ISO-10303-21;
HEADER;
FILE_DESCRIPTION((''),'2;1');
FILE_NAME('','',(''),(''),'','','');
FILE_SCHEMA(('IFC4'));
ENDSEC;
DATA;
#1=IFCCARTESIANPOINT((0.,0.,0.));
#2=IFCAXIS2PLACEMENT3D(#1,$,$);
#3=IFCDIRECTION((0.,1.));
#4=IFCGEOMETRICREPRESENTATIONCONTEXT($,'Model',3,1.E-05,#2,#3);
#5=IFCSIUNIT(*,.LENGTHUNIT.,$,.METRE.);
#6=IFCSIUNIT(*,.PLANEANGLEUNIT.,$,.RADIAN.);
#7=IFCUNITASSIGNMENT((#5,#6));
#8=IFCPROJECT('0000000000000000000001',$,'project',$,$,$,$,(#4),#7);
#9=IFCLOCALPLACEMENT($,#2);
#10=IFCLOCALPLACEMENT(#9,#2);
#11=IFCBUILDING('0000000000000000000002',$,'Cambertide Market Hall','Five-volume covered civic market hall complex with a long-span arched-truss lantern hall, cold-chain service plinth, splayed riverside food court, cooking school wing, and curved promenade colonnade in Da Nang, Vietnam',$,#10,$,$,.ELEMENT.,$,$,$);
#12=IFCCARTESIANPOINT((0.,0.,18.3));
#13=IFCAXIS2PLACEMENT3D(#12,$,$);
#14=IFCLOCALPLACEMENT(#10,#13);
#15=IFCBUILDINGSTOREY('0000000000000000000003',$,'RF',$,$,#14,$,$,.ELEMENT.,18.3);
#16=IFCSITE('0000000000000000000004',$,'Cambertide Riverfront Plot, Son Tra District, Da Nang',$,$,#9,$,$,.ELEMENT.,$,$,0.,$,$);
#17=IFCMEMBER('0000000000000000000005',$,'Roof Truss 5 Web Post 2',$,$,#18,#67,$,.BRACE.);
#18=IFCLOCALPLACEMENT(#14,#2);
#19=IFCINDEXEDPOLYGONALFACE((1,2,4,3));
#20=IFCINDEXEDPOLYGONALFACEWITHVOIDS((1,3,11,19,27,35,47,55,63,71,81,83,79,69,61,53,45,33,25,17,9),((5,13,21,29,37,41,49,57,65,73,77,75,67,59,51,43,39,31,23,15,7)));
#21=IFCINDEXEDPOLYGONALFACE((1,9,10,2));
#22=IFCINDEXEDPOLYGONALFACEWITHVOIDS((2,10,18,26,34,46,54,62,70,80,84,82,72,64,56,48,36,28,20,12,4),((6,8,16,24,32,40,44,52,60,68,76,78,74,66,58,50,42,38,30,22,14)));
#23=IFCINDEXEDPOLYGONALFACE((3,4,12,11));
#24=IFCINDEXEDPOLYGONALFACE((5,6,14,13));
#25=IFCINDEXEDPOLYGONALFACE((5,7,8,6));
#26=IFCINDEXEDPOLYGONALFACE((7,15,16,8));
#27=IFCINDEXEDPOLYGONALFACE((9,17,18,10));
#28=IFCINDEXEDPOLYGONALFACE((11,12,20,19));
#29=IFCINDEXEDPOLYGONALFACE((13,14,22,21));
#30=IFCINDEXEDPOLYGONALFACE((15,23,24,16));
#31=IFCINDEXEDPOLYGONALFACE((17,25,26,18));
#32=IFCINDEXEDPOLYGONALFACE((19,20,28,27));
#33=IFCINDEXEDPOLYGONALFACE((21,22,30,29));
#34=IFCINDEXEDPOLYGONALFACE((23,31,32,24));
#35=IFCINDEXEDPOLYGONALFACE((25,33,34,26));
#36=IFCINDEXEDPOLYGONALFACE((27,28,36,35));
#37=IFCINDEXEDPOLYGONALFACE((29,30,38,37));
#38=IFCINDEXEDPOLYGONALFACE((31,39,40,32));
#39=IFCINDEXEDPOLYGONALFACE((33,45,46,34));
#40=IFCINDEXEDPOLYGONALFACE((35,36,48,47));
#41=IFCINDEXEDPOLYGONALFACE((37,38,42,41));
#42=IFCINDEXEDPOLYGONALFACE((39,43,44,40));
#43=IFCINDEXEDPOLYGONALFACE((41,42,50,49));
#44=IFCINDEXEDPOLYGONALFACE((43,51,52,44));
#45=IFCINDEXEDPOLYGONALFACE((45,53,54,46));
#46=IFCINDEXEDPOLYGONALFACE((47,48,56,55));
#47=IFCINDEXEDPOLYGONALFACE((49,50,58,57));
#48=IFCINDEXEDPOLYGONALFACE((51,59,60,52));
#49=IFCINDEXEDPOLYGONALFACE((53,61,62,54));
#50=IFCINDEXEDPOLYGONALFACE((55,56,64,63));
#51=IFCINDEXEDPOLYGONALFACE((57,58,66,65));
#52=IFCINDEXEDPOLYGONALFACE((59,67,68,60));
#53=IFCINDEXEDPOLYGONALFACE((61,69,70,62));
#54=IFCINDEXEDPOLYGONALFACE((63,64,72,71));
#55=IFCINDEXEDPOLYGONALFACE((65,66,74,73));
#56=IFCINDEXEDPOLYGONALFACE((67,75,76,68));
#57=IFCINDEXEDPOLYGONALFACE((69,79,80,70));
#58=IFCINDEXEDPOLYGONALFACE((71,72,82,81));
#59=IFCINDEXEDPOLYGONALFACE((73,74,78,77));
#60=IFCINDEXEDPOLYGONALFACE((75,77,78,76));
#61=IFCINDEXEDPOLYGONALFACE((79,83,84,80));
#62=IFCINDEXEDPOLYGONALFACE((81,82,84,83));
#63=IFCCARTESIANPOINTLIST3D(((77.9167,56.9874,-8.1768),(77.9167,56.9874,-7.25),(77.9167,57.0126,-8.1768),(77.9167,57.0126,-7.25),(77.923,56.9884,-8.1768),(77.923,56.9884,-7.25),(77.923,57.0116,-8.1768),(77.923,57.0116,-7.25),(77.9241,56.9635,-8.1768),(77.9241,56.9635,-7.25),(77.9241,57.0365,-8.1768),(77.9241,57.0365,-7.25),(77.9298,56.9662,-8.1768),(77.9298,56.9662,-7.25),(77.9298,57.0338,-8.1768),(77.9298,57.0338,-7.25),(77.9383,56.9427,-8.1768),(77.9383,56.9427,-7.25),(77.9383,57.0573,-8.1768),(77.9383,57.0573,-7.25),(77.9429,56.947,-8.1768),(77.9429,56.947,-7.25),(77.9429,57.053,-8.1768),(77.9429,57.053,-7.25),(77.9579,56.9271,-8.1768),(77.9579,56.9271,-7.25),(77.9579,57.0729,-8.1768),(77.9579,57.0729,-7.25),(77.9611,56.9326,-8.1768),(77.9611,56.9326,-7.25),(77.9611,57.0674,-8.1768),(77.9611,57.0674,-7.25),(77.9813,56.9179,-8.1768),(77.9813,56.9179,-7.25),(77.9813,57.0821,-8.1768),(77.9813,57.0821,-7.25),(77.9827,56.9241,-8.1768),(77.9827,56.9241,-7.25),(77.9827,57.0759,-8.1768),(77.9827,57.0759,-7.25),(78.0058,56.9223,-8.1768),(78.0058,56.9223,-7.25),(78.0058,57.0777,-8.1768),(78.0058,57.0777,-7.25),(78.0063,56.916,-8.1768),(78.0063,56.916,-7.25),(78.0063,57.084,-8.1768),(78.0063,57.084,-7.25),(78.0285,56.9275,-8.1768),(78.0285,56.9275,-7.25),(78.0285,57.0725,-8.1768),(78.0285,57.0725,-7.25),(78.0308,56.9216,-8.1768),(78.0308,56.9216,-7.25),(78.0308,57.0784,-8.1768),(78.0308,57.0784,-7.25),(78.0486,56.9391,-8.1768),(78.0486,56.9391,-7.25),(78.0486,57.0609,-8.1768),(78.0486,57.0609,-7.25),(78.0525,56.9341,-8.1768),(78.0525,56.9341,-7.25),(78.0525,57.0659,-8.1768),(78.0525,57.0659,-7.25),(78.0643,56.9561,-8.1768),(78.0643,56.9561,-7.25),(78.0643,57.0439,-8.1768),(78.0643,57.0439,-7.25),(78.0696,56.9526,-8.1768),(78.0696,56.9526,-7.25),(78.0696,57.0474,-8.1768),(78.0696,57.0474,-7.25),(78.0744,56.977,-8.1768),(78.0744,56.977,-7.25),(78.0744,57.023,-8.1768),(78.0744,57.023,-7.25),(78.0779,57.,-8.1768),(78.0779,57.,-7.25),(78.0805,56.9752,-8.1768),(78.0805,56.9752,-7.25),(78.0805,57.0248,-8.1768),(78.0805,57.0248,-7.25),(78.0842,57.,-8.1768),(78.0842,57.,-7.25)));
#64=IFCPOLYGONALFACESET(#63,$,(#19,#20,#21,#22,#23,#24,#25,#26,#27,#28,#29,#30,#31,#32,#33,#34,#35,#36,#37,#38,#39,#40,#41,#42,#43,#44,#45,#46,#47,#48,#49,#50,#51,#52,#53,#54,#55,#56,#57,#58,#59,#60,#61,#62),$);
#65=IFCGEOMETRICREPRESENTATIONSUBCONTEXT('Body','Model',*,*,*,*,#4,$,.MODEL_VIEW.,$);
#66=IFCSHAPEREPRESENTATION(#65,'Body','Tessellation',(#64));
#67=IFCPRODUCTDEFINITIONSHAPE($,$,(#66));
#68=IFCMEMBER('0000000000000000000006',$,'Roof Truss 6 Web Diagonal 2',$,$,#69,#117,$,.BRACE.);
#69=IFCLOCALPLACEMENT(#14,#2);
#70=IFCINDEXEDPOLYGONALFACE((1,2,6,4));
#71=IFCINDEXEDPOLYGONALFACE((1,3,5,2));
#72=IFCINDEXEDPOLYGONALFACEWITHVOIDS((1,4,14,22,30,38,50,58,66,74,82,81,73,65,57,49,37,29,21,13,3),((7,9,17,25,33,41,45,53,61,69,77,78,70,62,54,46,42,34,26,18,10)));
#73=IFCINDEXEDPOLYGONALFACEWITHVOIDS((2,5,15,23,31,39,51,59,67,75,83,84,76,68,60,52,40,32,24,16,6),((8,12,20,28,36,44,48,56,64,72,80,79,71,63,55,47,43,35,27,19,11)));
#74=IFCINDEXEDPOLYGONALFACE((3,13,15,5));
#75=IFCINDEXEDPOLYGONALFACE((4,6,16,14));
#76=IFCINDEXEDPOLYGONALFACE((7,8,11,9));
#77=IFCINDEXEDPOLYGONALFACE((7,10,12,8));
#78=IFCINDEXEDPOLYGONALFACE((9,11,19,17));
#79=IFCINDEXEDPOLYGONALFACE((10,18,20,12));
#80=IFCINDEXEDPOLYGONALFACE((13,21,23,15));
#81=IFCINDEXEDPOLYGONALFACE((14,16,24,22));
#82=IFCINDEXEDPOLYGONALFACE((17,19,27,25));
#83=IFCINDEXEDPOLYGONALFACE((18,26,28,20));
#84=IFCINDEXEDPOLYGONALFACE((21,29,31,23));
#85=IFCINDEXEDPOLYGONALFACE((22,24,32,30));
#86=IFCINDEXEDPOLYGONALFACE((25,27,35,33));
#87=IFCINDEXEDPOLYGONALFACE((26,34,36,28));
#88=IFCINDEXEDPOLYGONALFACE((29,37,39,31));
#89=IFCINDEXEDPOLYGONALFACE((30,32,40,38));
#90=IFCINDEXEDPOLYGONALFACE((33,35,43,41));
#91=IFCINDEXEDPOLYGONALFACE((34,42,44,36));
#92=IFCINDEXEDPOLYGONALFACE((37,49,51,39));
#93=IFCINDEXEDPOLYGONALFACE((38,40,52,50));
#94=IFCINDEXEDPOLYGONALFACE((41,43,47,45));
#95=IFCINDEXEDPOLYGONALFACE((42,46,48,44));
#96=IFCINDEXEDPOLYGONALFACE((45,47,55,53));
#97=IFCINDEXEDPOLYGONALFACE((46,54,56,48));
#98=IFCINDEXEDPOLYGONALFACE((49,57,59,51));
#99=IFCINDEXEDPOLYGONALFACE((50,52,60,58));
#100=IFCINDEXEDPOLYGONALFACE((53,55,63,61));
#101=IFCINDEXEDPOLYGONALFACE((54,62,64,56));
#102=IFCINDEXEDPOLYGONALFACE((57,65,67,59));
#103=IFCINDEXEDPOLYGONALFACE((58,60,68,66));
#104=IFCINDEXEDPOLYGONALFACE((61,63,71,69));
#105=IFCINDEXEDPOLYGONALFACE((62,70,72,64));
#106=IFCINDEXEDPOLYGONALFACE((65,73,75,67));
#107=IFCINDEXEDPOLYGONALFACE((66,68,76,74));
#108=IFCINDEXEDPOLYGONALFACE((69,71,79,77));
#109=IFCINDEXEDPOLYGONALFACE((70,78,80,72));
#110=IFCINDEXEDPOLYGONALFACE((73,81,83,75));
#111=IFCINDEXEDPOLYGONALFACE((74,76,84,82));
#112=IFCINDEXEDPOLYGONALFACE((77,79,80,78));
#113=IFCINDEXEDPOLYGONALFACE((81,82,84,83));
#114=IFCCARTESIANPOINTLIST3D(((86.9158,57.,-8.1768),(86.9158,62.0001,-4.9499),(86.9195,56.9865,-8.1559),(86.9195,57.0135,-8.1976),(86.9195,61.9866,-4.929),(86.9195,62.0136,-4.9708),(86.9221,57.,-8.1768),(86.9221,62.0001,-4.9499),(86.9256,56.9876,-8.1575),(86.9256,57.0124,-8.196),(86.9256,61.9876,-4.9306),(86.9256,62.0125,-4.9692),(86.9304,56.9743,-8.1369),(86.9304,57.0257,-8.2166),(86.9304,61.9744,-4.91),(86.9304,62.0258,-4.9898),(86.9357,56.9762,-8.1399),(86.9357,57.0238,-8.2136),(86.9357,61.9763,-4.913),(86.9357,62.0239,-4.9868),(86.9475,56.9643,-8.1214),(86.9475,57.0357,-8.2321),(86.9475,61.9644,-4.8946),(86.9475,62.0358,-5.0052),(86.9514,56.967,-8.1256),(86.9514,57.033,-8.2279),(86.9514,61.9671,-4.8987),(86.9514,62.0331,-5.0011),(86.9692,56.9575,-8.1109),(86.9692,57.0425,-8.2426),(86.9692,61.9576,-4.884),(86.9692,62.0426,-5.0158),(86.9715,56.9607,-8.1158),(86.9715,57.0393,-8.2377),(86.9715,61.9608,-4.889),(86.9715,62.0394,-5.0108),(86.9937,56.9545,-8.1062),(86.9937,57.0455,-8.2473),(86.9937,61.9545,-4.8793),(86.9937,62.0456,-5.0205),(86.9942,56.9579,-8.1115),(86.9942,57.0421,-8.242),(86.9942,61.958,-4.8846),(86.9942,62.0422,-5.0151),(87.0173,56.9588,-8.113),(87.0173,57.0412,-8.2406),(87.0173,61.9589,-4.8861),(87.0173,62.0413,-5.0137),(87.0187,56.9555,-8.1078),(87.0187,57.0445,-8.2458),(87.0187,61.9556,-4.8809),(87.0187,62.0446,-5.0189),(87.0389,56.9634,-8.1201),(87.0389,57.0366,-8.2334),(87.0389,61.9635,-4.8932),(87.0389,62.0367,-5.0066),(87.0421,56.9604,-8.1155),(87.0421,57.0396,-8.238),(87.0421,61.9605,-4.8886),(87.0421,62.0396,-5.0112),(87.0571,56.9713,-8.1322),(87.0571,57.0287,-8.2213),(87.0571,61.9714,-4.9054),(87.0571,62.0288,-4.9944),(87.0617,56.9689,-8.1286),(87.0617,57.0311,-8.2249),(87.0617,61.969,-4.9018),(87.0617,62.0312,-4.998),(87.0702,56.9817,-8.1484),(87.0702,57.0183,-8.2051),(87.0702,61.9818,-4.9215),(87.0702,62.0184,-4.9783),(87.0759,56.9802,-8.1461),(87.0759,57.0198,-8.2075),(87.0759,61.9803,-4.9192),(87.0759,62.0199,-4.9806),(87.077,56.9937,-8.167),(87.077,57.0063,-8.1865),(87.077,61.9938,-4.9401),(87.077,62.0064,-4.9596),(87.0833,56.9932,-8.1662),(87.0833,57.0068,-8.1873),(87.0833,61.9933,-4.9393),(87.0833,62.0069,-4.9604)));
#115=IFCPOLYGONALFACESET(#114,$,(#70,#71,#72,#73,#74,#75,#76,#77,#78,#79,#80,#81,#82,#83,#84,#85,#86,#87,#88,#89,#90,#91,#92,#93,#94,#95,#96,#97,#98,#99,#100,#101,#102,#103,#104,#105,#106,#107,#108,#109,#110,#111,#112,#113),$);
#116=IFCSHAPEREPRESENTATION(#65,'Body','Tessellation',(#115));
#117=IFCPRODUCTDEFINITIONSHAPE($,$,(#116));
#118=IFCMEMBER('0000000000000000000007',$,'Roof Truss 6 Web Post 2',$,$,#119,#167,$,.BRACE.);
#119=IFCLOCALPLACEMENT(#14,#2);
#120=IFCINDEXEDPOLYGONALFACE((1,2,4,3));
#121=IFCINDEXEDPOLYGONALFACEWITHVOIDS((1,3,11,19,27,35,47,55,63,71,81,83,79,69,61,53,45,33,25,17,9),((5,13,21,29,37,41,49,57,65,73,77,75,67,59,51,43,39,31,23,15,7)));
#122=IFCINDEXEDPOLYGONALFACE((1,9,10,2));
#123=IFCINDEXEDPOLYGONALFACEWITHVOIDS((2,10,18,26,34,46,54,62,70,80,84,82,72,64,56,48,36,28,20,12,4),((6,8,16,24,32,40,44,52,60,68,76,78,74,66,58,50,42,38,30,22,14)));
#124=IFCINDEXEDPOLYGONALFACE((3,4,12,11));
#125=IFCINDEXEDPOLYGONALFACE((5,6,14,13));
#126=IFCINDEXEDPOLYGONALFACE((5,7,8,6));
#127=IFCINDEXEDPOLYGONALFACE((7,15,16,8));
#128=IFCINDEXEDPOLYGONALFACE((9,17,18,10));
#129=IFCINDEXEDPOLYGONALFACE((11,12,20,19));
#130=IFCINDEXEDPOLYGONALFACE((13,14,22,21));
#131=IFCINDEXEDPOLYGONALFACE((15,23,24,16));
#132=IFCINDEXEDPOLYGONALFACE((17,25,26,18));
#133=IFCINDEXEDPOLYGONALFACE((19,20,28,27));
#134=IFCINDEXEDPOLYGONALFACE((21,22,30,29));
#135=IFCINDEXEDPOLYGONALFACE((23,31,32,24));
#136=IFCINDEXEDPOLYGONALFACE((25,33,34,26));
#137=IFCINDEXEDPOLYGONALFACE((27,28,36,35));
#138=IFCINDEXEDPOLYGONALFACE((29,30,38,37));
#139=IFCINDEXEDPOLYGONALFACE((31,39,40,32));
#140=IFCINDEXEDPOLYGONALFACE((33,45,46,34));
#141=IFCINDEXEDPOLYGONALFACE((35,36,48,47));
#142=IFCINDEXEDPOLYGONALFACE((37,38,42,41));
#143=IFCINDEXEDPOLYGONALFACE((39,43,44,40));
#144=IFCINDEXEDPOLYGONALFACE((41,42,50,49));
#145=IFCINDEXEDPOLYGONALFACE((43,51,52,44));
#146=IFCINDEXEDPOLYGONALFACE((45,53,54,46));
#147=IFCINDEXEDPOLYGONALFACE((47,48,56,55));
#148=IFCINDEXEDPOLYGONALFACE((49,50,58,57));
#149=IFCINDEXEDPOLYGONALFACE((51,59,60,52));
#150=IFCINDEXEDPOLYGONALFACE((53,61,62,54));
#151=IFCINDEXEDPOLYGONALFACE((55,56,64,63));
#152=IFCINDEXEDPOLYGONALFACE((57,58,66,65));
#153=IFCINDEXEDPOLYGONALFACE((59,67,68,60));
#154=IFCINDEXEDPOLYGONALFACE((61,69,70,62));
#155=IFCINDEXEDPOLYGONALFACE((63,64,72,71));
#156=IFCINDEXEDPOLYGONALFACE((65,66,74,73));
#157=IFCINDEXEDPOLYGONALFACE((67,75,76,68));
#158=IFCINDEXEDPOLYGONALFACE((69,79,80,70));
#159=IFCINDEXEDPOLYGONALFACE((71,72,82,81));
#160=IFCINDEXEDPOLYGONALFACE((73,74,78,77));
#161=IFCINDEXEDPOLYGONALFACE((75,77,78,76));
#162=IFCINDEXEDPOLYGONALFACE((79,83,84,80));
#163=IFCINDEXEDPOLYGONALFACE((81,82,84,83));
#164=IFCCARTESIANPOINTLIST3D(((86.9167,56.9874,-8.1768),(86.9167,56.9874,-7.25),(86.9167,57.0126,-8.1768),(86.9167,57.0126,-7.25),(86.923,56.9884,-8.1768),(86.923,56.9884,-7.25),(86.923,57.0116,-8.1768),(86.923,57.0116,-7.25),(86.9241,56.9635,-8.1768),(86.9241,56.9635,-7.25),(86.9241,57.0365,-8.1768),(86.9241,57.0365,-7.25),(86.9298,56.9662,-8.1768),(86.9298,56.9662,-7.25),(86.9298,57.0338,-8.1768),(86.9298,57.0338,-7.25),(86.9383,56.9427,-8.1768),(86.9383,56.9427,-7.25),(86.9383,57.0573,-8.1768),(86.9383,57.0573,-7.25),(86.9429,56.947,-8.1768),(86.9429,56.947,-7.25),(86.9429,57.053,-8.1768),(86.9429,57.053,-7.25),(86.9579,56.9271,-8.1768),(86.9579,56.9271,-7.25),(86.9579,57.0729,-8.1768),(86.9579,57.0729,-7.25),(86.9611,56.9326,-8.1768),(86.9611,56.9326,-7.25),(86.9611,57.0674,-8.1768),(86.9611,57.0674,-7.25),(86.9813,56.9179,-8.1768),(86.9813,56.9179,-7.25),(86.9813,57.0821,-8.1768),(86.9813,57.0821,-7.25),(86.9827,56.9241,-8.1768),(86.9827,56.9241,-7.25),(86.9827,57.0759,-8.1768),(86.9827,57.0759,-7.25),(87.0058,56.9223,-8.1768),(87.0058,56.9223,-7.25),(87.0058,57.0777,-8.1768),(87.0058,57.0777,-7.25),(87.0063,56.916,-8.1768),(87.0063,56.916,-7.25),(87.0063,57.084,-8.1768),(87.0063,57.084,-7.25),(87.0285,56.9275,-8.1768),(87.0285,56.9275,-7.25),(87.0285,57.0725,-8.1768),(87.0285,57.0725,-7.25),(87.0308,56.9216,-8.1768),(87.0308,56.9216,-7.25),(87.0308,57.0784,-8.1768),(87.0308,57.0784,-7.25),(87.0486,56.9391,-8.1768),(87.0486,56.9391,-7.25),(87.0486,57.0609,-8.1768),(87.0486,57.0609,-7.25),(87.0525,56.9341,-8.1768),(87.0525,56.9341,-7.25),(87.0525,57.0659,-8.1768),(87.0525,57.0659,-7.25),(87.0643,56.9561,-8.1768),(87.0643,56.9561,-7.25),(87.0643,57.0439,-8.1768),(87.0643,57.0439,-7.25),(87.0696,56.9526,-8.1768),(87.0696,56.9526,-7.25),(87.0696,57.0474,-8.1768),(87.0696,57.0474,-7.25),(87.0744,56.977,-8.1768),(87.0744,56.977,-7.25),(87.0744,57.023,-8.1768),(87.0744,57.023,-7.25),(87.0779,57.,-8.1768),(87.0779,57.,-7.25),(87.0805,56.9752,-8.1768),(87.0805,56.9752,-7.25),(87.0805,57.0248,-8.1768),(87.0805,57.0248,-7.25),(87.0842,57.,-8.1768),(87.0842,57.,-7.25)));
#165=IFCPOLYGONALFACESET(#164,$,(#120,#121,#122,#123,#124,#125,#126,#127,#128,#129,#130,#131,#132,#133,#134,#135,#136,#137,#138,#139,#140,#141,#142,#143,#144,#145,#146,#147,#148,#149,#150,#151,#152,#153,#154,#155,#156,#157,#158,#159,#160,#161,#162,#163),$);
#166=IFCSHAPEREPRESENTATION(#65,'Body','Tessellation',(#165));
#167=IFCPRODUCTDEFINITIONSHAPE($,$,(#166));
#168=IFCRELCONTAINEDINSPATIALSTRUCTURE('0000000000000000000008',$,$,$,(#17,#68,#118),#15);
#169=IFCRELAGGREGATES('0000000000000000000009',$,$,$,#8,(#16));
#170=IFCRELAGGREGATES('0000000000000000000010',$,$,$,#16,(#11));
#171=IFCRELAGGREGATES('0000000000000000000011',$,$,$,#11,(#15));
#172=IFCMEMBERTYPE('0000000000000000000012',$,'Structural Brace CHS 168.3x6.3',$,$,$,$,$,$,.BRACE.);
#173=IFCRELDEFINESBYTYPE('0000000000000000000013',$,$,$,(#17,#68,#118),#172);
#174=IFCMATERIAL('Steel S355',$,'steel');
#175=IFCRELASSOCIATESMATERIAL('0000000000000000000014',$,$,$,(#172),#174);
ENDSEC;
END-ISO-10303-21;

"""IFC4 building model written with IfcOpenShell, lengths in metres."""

from ifc_helpers import new_model, si_unit, direction, frame, origin, origin_2d, place, context, subcontext, project, spatial, hollow_circle, extrude, material, material_profile, profile_set, type_object, element, save


model = new_model("IFC4")

# Units and contexts
model_context = context("Model", 3, precision=1e-05, world=origin(), true_north=direction((0.0, 1.0)))
body_context = subcontext(model_context, "Body", "Model", "MODEL_VIEW")
ifc_project = project(units=[si_unit("LENGTHUNIT", "METRE"), si_unit("PLANEANGLEUNIT", "RADIAN")], contexts=[model_context])

# Site, building, storey
site_placement = place(None, origin())
site = spatial("IfcSite", under=ifc_project, at=site_placement, Name="Cambertide Riverfront Plot, Son Tra District, Da Nang", CompositionType="ELEMENT", RefElevation=0.0)
building_placement = place(site_placement, origin())
building = spatial("IfcBuilding", under=site, at=building_placement, Name="Cambertide Market Hall", Description="Five-volume covered civic market hall complex with a long-span arched-truss lantern hall, cold-chain service plinth, splayed riverside food court, cooking school wing, and curved promenade colonnade in Da Nang, Vietnam", CompositionType="ELEMENT")
storey_placement = place(building_placement, frame((0.0, 0.0, 18.3)))
storey = spatial("IfcBuildingStorey", under=building, at=storey_placement, Name="RF", CompositionType="ELEMENT", Elevation=18.3)

# Members
ifc_material_1 = material(Name="Steel S355", Category="steel")
ifc_material_profile_1 = material_profile(ifc_material_1, hollow_circle(Radius=0.0842, WallThickness=0.0063, at=origin_2d()), Name="CHS 168.3x6.3")
ifc_profile_set_1 = profile_set([ifc_material_profile_1], Name="Steel S355")
member_type_1 = type_object("IfcMemberType", Name="Structural Brace CHS 168.3x6.3", PredefinedType="BRACE", material=ifc_profile_set_1)
member_1_placement = place(storey_placement, frame((78.0, 57.0, -8.1768), z_axis=(0.0, 0.0, 1.0), x_axis=(1.0, 0.0, 0.0)))
element("IfcMember", 1, at=member_1_placement, inside=storey, type_object=member_type_1, Name="Roof Truss 5 Web Post 2", PredefinedType="BRACE", context=body_context, shape_type="SweptSolid", body=[
    extrude(hollow_circle(Radius=0.0842, WallThickness=0.0063, at=origin_2d()), origin(), (0.0, 0.0, 1.0), 0.9268),
])
member_2_placement = place(storey_placement, frame((87.0, 57.0, -8.1768), z_axis=(0.0, 0.84022, 0.542246), x_axis=(-1.0, 0.0, 0.0)))
element("IfcMember", 2, at=member_2_placement, inside=storey, type_object=member_type_1, Name="Roof Truss 6 Web Diagonal 2", PredefinedType="BRACE", context=body_context, shape_type="SweptSolid", body=[
    extrude(hollow_circle(Radius=0.0842, WallThickness=0.0063, at=origin_2d()), origin(), (0.0, 0.0, 1.0), 5.9509),
])
member_3_placement = place(storey_placement, frame((87.0, 57.0, -8.1768), z_axis=(0.0, 0.0, 1.0), x_axis=(1.0, 0.0, 0.0)))
element("IfcMember", 3, at=member_3_placement, inside=storey, type_object=member_type_1, Name="Roof Truss 6 Web Post 2", PredefinedType="BRACE", context=body_context, shape_type="SweptSolid", body=[
    extrude(hollow_circle(Radius=0.0842, WallThickness=0.0063, at=origin_2d()), origin(), (0.0, 0.0, 1.0), 0.9268),
])

save(model, "model.ifc")
